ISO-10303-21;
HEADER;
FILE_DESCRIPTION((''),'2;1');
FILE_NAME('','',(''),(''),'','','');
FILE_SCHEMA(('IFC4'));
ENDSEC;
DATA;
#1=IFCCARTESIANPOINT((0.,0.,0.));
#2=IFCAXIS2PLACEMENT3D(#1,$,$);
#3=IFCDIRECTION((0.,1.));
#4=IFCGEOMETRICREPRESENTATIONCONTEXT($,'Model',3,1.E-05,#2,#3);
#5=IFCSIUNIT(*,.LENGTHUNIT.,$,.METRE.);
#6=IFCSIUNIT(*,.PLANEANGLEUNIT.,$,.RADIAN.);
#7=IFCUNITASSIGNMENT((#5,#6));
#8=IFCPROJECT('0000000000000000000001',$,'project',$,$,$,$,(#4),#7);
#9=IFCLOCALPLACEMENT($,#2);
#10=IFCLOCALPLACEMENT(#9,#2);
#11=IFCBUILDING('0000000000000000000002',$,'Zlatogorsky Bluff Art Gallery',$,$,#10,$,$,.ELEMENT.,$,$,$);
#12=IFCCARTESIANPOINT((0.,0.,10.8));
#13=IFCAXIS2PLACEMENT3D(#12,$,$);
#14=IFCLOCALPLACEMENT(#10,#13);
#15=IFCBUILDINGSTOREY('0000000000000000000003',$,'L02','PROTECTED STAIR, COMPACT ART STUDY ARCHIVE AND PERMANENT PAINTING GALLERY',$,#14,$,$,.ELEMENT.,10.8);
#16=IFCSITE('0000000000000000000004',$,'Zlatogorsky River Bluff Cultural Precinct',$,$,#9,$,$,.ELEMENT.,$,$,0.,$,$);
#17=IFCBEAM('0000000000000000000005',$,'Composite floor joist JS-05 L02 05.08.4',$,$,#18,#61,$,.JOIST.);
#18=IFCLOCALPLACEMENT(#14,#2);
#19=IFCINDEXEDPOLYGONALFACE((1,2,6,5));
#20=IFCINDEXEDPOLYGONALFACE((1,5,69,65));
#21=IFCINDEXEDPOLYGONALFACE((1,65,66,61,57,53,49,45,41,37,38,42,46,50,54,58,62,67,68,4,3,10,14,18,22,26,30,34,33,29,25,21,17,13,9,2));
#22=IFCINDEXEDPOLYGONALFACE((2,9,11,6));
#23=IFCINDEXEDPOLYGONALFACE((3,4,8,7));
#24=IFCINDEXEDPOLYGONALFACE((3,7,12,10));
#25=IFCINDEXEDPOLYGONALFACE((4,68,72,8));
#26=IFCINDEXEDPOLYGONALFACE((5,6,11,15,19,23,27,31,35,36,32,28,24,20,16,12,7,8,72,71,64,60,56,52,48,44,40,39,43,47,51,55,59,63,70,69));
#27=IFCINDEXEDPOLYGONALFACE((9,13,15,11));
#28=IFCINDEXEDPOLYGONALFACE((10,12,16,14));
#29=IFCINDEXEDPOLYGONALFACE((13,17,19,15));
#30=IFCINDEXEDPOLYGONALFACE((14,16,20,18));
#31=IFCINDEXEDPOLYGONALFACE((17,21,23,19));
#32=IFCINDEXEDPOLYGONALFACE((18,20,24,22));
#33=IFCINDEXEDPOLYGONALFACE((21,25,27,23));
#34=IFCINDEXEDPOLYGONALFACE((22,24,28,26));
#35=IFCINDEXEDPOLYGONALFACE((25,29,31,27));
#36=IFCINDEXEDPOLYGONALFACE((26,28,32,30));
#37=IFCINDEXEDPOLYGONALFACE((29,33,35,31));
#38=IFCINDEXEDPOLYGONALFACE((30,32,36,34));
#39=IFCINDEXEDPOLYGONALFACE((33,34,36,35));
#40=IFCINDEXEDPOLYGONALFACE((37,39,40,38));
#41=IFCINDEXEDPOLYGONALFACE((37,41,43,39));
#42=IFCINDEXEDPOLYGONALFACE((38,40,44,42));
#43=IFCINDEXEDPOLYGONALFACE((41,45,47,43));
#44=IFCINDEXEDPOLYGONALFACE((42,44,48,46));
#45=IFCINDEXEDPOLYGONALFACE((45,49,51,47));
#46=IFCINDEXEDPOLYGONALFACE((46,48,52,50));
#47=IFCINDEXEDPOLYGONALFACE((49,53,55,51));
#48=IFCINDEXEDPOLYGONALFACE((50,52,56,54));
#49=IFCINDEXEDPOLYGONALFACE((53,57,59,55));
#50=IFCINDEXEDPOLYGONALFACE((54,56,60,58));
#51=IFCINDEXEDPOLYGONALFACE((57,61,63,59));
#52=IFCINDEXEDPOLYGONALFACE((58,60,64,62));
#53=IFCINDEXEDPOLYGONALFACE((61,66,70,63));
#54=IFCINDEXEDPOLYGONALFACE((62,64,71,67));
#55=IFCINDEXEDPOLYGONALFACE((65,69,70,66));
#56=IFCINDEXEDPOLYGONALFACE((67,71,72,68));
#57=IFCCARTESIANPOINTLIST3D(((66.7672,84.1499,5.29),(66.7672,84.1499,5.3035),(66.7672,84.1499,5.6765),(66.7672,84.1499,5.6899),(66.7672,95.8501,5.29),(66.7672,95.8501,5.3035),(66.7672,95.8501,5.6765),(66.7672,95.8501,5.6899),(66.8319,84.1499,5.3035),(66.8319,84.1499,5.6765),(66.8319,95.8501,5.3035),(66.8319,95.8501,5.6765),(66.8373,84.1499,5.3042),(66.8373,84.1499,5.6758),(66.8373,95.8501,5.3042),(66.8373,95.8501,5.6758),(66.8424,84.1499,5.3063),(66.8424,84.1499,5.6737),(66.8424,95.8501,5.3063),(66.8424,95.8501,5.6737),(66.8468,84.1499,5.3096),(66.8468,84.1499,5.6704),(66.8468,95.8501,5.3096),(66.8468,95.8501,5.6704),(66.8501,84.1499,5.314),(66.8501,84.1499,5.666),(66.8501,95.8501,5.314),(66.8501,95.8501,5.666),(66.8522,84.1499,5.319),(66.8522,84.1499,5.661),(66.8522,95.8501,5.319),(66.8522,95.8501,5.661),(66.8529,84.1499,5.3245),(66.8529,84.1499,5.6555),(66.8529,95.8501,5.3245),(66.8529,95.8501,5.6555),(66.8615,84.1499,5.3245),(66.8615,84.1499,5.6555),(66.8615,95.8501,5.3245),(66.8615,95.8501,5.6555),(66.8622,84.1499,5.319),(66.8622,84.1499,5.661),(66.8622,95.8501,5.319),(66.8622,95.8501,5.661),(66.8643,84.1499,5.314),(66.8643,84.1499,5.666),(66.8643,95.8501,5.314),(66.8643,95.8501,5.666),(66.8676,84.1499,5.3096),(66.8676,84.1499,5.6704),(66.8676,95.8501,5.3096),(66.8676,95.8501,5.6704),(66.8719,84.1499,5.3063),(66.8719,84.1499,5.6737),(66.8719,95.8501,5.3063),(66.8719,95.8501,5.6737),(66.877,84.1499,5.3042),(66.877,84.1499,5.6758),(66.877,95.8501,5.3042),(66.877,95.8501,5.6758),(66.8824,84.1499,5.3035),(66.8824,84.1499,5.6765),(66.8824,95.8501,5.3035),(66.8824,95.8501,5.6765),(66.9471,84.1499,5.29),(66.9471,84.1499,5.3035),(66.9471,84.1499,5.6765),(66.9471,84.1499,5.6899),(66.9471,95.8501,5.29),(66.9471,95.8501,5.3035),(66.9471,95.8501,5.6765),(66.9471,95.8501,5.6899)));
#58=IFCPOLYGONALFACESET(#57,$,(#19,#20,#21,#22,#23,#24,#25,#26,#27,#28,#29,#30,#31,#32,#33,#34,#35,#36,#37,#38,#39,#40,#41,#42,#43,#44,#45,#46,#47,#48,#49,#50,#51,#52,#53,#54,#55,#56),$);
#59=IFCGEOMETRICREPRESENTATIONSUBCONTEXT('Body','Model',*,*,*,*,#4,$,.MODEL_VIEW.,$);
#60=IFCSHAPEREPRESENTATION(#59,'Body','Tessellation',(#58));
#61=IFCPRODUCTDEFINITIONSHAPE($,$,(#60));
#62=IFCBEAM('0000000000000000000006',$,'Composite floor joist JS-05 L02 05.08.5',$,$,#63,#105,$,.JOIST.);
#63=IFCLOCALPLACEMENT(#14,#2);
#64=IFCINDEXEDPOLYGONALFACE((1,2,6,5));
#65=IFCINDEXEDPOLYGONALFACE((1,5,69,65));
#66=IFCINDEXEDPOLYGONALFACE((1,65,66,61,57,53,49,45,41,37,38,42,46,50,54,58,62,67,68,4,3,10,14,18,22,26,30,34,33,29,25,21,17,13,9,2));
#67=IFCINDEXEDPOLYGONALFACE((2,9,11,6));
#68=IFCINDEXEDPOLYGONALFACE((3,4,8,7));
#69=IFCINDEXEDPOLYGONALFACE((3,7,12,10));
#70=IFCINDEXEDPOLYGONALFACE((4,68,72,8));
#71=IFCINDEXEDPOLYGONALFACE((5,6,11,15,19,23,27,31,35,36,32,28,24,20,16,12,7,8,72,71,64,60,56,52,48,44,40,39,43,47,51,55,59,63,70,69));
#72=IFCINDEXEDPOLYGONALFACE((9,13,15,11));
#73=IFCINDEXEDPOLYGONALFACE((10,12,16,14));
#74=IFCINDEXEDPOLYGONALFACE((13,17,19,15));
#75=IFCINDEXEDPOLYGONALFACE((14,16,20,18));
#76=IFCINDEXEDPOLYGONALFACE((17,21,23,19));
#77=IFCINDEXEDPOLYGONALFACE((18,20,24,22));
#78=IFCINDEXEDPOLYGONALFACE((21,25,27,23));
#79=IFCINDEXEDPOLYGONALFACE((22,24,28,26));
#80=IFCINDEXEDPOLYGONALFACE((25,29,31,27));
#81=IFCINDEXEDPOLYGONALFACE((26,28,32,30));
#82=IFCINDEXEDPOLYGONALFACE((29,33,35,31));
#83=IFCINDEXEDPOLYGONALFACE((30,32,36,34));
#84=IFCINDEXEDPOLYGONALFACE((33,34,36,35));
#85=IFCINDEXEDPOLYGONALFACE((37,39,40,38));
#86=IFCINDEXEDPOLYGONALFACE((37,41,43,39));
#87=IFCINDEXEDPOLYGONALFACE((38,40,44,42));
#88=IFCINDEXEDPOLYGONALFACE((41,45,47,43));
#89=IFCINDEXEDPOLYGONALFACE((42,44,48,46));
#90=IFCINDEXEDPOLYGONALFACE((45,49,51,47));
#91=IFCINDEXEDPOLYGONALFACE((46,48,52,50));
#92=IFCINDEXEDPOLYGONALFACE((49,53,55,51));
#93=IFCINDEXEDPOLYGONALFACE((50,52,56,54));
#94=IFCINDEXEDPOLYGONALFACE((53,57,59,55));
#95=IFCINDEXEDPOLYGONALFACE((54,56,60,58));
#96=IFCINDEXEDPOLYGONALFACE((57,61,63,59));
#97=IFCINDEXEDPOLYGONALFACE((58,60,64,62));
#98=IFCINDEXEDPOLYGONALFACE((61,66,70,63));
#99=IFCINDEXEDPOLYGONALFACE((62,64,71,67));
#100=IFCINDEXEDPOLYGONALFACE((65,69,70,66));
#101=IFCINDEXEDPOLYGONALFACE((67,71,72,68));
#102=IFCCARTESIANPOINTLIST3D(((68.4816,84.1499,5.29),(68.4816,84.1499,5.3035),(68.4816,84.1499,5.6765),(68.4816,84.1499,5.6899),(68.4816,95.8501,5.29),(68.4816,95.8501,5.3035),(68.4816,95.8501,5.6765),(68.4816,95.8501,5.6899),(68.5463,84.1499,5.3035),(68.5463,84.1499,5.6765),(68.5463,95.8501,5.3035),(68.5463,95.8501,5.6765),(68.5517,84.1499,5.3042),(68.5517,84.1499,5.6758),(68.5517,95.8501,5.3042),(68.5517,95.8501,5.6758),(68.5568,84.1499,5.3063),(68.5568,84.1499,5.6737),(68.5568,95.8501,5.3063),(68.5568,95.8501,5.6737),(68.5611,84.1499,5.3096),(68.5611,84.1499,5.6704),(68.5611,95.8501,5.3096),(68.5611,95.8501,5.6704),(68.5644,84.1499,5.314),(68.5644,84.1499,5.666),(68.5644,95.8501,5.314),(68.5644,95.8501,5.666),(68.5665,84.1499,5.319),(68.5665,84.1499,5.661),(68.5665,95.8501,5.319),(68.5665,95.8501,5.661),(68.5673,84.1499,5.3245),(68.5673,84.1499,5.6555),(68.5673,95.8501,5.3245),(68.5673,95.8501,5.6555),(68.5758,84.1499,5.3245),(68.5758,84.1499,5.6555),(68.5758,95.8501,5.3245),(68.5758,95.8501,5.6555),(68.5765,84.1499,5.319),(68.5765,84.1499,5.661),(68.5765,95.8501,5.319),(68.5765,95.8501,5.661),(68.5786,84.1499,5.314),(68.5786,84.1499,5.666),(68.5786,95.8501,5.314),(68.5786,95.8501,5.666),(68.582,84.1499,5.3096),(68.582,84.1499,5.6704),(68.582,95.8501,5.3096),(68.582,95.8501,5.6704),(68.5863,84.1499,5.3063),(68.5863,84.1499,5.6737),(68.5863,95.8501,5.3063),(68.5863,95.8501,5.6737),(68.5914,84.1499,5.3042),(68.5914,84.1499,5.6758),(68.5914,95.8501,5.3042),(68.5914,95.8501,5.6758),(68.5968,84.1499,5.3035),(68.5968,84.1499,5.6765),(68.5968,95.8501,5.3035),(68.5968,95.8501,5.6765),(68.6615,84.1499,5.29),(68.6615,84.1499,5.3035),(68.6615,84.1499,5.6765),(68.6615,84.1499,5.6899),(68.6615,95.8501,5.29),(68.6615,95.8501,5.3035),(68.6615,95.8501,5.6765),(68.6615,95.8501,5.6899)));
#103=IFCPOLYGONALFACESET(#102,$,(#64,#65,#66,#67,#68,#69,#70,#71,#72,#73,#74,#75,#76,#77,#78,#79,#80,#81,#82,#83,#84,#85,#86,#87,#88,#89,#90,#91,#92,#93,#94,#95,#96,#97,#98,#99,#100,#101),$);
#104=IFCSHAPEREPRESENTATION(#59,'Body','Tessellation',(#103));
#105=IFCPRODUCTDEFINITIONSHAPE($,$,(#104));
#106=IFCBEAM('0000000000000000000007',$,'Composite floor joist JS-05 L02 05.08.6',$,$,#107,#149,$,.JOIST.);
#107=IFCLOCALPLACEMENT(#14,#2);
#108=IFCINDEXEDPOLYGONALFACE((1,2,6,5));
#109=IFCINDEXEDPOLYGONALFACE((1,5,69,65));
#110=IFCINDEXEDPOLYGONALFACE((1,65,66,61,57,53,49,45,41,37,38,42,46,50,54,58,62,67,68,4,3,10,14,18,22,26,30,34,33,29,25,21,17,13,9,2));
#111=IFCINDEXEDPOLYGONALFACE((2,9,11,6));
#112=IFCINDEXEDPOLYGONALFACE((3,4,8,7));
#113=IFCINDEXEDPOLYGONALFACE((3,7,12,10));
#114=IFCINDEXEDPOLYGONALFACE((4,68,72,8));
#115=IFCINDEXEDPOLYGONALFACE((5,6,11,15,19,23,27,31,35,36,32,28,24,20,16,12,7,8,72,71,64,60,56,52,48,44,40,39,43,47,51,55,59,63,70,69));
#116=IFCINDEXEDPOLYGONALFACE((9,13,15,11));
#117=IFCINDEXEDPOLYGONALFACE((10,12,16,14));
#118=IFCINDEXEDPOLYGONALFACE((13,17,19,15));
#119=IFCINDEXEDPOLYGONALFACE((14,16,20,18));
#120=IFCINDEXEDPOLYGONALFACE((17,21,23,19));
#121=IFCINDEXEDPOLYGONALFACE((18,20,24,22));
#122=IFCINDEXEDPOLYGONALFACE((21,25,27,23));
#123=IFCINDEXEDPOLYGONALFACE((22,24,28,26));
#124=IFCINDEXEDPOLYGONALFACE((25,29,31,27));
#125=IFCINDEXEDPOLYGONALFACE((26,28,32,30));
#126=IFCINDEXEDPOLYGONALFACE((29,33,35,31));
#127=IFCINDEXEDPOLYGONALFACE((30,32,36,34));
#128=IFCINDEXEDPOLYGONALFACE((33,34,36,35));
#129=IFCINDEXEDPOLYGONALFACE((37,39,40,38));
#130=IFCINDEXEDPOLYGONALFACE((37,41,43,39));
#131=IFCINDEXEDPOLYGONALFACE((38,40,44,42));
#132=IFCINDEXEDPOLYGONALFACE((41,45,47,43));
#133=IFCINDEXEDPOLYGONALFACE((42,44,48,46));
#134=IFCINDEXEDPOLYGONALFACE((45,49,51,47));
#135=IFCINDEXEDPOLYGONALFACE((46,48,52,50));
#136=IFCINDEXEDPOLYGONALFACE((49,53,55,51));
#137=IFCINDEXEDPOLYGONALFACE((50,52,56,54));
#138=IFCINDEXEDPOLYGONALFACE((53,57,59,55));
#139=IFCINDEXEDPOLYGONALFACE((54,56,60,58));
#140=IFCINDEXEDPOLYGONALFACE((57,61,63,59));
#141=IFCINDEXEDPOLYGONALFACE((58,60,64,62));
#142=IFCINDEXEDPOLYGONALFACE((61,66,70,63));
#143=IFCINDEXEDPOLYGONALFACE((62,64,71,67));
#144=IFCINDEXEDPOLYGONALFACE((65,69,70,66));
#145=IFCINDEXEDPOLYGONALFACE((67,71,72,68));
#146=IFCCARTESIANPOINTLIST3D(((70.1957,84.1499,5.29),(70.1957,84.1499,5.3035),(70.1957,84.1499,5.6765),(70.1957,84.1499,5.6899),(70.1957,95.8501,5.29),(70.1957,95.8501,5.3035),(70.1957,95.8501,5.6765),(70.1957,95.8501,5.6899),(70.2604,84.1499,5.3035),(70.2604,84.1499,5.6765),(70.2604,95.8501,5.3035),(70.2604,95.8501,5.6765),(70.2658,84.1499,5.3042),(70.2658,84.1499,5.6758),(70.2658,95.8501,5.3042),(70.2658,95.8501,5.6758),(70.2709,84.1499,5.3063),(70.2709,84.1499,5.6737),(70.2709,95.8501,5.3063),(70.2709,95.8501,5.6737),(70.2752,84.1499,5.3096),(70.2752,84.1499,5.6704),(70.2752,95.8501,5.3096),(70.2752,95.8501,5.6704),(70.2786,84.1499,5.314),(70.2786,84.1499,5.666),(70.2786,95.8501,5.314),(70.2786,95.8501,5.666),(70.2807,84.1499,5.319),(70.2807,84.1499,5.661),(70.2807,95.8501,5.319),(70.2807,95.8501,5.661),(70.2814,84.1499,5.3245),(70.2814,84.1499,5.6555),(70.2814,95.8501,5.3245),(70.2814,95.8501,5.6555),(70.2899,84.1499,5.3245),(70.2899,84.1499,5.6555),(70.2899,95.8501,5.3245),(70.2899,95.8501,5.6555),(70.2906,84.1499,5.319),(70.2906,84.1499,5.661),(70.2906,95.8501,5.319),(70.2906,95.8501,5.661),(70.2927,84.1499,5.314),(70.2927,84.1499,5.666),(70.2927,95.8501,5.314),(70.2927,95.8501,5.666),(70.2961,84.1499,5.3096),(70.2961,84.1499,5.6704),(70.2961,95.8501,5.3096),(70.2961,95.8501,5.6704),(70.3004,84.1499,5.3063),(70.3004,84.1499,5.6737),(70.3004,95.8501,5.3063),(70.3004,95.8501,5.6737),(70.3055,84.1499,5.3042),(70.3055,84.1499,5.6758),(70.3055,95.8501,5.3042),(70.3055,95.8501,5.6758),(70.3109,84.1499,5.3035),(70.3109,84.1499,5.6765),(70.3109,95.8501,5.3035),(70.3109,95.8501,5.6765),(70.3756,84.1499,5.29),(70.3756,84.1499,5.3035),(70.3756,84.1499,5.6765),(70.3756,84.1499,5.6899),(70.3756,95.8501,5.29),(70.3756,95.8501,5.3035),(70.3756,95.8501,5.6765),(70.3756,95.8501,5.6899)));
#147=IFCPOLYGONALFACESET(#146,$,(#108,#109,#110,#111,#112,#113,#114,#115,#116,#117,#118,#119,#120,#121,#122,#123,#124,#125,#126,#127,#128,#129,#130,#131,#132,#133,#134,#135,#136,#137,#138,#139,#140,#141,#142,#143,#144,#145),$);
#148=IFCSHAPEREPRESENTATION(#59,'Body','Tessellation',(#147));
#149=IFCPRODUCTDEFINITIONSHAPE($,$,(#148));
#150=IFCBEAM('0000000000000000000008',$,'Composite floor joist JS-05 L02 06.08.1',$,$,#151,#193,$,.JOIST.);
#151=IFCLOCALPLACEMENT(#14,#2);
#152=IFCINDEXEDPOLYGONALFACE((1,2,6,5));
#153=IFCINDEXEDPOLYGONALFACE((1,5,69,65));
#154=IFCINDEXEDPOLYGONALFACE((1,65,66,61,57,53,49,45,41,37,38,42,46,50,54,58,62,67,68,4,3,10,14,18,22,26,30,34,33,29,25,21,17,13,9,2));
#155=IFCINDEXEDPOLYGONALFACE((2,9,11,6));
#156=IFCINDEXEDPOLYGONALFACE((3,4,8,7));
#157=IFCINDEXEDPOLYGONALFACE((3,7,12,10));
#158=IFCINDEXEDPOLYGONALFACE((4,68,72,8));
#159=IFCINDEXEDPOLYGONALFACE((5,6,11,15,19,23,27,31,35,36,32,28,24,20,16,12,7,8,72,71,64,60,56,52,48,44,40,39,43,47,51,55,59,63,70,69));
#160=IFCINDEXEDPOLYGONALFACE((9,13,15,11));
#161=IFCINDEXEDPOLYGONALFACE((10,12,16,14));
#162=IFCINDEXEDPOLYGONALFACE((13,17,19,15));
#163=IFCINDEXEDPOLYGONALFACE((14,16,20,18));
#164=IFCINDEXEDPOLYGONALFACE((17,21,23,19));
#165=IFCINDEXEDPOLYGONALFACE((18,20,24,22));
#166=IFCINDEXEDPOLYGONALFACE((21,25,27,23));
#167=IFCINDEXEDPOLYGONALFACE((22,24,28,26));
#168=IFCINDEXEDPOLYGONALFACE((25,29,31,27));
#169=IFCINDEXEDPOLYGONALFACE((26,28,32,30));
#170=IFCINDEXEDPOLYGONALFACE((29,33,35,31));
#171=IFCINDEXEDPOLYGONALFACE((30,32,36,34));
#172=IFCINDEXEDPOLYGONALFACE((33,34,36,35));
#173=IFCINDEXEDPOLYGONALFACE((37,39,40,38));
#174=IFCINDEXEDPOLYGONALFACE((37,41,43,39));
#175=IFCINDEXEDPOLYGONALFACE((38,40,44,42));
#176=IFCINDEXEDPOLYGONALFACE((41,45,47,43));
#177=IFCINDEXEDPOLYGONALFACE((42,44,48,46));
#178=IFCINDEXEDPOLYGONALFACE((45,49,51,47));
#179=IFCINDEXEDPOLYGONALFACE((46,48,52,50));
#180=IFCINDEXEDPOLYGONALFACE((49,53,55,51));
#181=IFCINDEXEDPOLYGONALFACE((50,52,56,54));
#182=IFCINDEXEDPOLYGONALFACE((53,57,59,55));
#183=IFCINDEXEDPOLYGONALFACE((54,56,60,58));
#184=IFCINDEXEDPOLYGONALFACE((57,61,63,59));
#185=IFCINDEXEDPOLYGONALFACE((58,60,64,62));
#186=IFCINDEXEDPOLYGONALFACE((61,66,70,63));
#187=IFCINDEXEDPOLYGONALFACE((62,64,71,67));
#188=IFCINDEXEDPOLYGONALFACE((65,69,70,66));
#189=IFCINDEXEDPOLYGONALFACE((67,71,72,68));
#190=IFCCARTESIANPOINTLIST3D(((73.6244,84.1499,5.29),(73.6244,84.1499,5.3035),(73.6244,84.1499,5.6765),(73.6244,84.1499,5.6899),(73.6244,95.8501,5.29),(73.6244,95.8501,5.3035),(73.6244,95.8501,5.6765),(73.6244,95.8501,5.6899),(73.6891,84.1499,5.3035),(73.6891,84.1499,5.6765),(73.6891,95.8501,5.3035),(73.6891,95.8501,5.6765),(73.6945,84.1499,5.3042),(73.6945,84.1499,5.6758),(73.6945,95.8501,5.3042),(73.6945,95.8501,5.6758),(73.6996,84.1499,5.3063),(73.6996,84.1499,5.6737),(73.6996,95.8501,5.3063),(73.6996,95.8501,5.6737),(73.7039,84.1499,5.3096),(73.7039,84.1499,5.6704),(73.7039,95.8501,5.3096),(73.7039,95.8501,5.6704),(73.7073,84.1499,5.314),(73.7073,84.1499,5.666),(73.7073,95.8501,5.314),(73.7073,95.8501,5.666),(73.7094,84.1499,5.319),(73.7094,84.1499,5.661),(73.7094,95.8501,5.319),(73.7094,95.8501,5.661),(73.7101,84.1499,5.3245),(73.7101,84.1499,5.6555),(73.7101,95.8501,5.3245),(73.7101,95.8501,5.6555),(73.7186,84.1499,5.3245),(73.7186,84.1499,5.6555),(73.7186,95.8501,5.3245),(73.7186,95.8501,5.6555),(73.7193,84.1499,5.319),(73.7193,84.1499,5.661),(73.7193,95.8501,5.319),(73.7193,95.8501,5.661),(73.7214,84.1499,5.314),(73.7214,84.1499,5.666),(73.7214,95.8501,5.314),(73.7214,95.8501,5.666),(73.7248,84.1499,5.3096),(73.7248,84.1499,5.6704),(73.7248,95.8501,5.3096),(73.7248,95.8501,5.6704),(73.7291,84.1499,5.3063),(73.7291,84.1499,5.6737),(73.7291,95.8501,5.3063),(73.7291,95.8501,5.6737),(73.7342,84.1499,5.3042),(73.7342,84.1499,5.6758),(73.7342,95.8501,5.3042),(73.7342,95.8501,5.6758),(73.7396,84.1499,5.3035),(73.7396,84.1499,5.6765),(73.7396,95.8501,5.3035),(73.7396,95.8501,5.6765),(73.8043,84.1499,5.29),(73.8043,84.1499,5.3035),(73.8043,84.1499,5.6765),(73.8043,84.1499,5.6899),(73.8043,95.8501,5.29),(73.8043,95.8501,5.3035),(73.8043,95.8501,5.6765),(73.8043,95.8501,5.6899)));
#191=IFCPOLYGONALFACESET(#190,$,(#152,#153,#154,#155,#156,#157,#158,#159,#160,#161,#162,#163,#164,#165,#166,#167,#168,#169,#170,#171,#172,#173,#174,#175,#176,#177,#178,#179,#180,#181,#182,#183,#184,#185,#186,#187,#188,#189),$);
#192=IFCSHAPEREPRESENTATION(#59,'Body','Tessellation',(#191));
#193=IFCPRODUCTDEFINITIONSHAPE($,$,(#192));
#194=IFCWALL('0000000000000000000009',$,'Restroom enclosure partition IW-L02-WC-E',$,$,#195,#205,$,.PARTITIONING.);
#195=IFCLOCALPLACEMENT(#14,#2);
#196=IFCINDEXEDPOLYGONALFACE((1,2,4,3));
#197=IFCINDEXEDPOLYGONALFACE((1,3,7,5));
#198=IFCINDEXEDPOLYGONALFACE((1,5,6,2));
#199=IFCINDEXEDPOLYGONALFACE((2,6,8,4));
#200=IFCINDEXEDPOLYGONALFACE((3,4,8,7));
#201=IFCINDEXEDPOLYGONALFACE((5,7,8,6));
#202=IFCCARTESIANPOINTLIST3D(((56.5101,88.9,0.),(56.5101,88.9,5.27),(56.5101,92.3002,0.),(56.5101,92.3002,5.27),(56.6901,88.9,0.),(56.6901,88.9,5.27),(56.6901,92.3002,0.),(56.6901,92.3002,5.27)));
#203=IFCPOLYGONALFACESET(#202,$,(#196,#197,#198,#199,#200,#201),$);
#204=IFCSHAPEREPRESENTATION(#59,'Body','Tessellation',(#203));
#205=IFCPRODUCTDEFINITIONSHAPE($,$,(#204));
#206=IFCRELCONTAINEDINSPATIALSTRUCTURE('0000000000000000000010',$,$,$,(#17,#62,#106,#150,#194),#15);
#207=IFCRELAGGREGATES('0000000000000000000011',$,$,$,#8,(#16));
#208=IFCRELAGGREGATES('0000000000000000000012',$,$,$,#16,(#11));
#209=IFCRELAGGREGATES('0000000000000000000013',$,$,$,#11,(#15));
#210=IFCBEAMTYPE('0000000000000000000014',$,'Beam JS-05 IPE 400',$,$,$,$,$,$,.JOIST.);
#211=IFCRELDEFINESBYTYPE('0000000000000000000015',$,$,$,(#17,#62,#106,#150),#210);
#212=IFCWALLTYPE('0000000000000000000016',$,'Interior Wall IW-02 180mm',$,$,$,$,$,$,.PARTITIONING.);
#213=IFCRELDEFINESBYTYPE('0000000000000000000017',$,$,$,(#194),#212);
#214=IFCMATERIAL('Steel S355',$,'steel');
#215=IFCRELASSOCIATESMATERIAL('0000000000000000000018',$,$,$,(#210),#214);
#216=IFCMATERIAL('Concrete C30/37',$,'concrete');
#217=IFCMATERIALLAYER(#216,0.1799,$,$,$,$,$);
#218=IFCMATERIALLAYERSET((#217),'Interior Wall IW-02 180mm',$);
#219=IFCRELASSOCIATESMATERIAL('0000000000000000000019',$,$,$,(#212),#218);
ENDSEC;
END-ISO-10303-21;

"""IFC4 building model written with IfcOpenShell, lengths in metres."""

from ifc_helpers import new_model, si_unit, direction, frame, frame_2d, origin, origin_2d, place, context, subcontext, project, spatial, rectangle, i_section, extrude, material, layer, layer_set, material_profile, profile_set, type_object, element, save


model = new_model("IFC4")

# Units and contexts
model_context = context("Model", 3, precision=1e-05, world=origin(), true_north=direction((0.0, 1.0)))
body_context = subcontext(model_context, "Body", "Model", "MODEL_VIEW")
ifc_project = project(units=[si_unit("LENGTHUNIT", "METRE"), si_unit("PLANEANGLEUNIT", "RADIAN")], contexts=[model_context])

# Site, building, storey
site_placement = place(None, origin())
site = spatial("IfcSite", under=ifc_project, at=site_placement, Name="Zlatogorsky River Bluff Cultural Precinct", CompositionType="ELEMENT", RefElevation=0.0)
building_placement = place(site_placement, origin())
building = spatial("IfcBuilding", under=site, at=building_placement, Name="Zlatogorsky Bluff Art Gallery", CompositionType="ELEMENT")
storey_placement = place(building_placement, frame((0.0, 0.0, 10.8)))
storey = spatial("IfcBuildingStorey", under=building, at=storey_placement, Name="L02", Description="PROTECTED STAIR, COMPACT ART STUDY ARCHIVE AND PERMANENT PAINTING GALLERY", CompositionType="ELEMENT", Elevation=10.8)

# Shared definitions
ifc_material_1 = material(Name="Steel S355", Category="steel")

# Beams
ifc_material_profile_1 = material_profile(ifc_material_1, i_section(OverallWidth=0.1799, OverallDepth=0.3999, WebThickness=0.0085, FlangeThickness=0.0134, FilletRadius=0.021, at=origin_2d()), Name="IPE 400")
ifc_profile_set_1 = profile_set([ifc_material_profile_1], Name="Steel S355")
beam_type_1 = type_object("IfcBeamType", Name="Beam JS-05 IPE 400", PredefinedType="JOIST", material=ifc_profile_set_1)
for number, where, z_axis, x_axis, name in (
    (1, (66.8572, 84.1499, 5.49), (0.0, 1.0, 0.0), (-1.0, 0.0, 0.0), "Composite floor joist JS-05 L02 05.08.4"),
    (2, (68.5715, 84.1499, 5.49), (0.0, 1.0, 0.0), (-1.0, 0.0, 0.0), "Composite floor joist JS-05 L02 05.08.5"),
    (3, (70.2856, 84.1499, 5.49), (0.0, 1.0, 0.0), (-1.0, 0.0, 0.0), "Composite floor joist JS-05 L02 05.08.6"),
    (4, (73.7144, 84.1499, 5.49), (0.0, 1.0, 0.0), (-1.0, 0.0, 0.0), "Composite floor joist JS-05 L02 06.08.1"),
):
    element("IfcBeam", number, at=place(storey_placement, frame(where, z_axis=z_axis, x_axis=x_axis)), inside=storey, type_object=beam_type_1, Name=name, PredefinedType="JOIST", context=body_context, shape_type="SweptSolid", body=[
        extrude(i_section(OverallWidth=0.1799, OverallDepth=0.3999, WebThickness=0.0085, FlangeThickness=0.0134, FilletRadius=0.021, at=origin_2d()), origin(), (0.0, 0.0, 1.0), 11.7002),
    ])

# Wall
ifc_material_2 = material(Name="Concrete C30/37", Category="concrete")
ifc_layer_1 = layer(ifc_material_2, 0.1799)
ifc_layer_set_1 = layer_set([ifc_layer_1], Name="Interior Wall IW-02 180mm")
wall_type_1 = type_object("IfcWallType", Name="Interior Wall IW-02 180mm", PredefinedType="PARTITIONING", material=ifc_layer_set_1)
wall_1_placement = place(storey_placement, frame((56.6001, 88.8999, 0.0), z_axis=(0.0, 0.0, 1.0), x_axis=(0.0, 1.0, 0.0)))
element("IfcWall", 5, at=wall_1_placement, inside=storey, type_object=wall_type_1, Name="Restroom enclosure partition IW-L02-WC-E", PredefinedType="PARTITIONING", context=body_context, shape_type="SweptSolid", body=[
    extrude(rectangle(XDim=3.4001, YDim=0.1799, at=frame_2d((1.7002, 0.0))), origin(), (0.0, 0.0, 1.0), 5.27),
])

save(model, "model.ifc")
